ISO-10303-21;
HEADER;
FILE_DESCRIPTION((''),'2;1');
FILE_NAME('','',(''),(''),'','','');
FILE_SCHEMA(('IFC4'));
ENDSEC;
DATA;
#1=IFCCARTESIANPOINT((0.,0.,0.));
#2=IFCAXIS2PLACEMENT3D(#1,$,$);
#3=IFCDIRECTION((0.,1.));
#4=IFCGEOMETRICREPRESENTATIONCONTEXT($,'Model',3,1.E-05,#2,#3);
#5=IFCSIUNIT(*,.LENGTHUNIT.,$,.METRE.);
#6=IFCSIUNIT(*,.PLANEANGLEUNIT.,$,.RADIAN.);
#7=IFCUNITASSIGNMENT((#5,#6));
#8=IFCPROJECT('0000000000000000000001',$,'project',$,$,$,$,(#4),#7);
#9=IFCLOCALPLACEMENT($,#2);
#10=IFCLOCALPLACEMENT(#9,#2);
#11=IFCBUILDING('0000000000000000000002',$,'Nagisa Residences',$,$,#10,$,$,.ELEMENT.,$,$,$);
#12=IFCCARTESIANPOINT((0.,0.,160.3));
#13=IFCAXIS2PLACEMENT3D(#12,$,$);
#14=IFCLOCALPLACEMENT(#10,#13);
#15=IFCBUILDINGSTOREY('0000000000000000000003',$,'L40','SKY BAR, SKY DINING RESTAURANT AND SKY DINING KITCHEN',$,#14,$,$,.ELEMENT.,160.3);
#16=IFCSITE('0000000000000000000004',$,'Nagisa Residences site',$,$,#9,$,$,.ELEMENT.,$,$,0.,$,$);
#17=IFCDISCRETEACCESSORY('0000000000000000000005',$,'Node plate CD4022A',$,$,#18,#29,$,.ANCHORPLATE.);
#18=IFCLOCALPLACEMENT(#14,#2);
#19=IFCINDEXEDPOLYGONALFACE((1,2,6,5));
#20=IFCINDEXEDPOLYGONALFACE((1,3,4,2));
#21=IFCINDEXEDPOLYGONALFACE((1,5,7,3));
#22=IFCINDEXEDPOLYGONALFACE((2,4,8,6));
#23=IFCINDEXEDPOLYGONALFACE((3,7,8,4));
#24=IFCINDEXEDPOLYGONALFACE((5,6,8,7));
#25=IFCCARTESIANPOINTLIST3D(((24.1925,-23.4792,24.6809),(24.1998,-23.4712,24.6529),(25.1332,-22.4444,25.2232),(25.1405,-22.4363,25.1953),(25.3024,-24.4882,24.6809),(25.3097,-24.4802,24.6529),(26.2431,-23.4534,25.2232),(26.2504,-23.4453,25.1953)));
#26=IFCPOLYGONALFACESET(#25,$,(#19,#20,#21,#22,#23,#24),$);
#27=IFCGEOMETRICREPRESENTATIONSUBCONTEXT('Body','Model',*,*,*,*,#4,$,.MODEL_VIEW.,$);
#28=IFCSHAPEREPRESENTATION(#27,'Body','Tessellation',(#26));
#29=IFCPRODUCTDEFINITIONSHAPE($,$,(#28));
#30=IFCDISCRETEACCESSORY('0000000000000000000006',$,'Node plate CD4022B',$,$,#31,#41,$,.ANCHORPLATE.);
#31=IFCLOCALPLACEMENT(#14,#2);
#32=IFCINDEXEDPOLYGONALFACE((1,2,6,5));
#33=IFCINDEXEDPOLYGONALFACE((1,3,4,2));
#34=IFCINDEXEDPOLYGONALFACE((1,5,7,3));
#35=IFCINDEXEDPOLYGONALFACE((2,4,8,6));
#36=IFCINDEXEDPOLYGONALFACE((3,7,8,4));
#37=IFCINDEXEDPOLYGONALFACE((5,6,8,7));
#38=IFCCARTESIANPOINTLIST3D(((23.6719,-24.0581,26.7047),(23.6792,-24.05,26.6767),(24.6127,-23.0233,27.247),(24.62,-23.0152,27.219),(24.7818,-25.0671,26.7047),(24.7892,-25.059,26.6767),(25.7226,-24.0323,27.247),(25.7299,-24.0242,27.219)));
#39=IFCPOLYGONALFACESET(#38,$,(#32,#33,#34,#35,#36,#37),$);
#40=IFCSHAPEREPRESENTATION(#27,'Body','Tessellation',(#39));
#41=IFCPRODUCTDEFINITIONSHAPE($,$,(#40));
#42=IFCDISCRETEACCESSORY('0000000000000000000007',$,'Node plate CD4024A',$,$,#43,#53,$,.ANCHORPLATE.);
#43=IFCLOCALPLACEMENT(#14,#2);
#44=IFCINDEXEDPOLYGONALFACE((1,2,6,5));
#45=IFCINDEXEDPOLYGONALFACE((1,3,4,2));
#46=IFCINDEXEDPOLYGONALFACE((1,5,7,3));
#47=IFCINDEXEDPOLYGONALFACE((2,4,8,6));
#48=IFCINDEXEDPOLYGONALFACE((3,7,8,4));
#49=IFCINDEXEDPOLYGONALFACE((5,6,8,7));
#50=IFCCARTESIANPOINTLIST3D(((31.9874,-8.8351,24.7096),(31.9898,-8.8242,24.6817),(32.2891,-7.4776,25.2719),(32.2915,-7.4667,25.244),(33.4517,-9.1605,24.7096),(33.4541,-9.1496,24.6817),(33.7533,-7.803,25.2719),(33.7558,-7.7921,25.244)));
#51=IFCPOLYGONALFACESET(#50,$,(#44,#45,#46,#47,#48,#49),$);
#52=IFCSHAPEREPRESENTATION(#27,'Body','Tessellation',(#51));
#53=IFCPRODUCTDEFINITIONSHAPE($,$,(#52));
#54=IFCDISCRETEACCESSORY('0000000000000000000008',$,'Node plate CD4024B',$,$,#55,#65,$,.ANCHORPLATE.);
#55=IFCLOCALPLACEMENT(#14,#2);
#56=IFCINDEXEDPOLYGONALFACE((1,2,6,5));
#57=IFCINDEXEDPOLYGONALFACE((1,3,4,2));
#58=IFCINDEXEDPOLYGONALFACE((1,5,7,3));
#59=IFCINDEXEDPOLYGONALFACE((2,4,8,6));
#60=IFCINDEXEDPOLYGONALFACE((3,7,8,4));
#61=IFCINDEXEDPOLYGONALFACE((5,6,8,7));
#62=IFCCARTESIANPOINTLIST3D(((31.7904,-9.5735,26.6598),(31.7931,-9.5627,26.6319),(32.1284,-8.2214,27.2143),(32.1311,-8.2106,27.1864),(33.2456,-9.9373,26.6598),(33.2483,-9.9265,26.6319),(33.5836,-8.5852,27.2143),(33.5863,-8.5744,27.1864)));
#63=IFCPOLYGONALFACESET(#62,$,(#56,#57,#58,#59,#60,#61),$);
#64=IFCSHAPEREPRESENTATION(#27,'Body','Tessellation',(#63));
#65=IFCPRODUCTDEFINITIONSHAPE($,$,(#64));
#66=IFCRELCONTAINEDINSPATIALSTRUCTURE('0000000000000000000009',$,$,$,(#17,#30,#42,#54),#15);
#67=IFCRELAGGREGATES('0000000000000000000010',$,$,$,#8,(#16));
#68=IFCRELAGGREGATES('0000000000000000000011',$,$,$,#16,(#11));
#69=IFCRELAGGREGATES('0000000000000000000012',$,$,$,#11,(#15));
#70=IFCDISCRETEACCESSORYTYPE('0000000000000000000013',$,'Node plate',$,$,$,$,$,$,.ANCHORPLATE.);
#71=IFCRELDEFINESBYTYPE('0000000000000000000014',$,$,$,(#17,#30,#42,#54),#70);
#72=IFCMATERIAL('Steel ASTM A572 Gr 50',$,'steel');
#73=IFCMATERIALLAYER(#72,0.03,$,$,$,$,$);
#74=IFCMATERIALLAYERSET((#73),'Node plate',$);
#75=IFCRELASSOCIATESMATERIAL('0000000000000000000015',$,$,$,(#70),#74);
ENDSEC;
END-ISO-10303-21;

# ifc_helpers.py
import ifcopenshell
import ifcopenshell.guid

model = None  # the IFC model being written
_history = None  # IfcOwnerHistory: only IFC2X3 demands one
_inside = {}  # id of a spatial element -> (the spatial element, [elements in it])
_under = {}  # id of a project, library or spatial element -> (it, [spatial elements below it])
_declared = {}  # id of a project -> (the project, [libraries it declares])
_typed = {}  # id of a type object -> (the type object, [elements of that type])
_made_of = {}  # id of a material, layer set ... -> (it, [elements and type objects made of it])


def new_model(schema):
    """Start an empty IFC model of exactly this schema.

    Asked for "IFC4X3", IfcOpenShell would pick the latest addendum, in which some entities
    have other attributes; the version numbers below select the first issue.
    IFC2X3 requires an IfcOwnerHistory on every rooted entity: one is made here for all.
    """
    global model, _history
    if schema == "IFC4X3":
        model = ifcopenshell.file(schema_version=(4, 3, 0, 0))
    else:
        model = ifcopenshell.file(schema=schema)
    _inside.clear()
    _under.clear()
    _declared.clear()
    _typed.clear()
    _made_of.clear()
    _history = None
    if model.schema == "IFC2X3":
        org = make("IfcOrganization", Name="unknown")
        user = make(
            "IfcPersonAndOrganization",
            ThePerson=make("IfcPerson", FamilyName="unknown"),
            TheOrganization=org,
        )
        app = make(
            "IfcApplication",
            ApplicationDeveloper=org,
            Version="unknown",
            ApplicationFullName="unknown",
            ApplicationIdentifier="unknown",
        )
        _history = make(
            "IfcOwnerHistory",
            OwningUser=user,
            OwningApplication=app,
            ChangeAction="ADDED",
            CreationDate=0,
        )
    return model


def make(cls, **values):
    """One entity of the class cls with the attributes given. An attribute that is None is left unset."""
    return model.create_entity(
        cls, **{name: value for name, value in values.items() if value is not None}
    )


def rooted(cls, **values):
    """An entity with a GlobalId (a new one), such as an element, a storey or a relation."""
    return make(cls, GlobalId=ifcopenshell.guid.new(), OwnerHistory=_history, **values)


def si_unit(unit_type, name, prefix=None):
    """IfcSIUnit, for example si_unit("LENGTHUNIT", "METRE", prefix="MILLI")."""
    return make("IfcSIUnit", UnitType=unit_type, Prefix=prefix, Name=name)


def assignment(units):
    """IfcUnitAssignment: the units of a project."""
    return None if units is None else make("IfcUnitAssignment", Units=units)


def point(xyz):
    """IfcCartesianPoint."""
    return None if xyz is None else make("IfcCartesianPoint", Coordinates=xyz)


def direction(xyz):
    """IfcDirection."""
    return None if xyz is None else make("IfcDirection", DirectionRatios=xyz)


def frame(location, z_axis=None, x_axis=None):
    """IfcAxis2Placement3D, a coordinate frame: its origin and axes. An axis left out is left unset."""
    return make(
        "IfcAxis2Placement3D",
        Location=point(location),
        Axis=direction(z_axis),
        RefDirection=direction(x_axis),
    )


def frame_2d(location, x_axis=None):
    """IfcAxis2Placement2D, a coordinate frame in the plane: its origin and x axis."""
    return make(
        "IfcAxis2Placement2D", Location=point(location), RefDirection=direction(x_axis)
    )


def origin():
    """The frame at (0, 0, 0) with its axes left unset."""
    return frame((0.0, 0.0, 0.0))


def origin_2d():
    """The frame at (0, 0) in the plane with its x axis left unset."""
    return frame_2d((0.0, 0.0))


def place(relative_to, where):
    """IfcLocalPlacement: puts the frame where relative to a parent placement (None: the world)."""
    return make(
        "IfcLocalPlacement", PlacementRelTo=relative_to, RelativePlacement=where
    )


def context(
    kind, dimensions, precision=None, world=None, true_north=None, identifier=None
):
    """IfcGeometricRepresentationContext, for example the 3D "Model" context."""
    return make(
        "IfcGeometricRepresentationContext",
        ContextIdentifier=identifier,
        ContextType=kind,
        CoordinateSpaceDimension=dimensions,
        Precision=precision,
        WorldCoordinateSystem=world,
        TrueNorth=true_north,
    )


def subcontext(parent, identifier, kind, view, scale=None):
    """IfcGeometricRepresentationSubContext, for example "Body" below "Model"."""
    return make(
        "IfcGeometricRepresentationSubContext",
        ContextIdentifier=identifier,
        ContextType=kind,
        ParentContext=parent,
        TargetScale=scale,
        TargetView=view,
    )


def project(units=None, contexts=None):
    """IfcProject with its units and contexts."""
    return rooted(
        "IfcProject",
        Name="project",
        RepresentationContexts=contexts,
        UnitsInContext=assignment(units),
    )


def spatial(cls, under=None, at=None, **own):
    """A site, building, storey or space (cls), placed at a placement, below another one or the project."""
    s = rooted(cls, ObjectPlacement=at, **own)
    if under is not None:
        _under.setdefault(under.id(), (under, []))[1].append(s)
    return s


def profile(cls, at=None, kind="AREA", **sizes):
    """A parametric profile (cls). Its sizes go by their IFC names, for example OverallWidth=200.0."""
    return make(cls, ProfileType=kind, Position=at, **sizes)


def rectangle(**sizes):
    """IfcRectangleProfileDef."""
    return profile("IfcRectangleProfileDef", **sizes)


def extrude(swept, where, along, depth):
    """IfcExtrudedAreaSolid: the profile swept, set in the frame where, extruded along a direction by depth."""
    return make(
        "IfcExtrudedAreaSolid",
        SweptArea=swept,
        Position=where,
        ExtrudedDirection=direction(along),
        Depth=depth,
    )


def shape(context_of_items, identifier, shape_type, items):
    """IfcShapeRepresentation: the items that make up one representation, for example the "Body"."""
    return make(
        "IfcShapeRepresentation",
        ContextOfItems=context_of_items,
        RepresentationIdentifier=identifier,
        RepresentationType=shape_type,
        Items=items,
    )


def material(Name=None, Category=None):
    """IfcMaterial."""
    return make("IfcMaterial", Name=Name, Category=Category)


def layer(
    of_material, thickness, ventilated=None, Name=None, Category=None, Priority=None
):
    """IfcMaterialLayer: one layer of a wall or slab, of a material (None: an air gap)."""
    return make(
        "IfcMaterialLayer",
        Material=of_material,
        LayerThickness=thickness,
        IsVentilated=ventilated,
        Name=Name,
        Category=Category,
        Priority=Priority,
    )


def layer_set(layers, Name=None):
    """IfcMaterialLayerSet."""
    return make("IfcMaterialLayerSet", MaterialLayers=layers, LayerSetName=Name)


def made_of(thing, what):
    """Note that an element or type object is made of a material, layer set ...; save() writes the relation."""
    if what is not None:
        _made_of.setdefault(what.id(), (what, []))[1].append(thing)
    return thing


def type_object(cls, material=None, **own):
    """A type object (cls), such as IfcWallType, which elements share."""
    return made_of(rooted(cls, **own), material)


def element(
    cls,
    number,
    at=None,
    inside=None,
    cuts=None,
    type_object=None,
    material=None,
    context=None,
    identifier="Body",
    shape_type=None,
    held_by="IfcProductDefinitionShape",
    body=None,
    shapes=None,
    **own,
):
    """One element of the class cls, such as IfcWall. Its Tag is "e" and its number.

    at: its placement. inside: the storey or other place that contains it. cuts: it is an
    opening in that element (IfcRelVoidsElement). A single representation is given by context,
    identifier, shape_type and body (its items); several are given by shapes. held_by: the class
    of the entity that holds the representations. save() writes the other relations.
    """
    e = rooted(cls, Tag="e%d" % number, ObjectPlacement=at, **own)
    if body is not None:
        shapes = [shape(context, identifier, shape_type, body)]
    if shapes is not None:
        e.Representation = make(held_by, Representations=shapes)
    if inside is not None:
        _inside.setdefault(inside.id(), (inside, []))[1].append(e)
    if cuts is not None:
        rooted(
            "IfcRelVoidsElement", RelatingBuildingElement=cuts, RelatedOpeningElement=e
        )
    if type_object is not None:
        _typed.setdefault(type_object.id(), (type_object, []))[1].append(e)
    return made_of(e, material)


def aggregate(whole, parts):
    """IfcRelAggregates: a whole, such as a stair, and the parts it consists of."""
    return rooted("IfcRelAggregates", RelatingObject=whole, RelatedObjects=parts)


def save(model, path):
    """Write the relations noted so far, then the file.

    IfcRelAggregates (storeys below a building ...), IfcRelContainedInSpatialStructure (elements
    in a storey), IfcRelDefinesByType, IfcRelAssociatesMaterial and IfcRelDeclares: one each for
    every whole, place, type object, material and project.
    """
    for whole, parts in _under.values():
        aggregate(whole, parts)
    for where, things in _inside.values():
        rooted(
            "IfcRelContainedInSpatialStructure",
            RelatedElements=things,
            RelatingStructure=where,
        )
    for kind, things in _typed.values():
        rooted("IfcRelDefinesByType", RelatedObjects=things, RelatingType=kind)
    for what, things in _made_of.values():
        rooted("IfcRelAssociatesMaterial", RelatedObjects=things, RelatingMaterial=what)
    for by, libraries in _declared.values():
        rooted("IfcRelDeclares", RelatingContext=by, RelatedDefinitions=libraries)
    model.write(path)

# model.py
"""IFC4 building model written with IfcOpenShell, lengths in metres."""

from ifc_helpers import new_model, si_unit, direction, frame, origin, origin_2d, place, context, subcontext, project, spatial, rectangle, extrude, material, layer, layer_set, type_object, element, save


model = new_model("IFC4")

# Units and contexts
model_context = context("Model", 3, precision=1e-05, world=origin(), true_north=direction((0.0, 1.0)))
body_context = subcontext(model_context, "Body", "Model", "MODEL_VIEW")
ifc_project = project(units=[si_unit("LENGTHUNIT", "METRE"), si_unit("PLANEANGLEUNIT", "RADIAN")], contexts=[model_context])

# Site, building, storey
site_placement = place(None, origin())
site = spatial("IfcSite", under=ifc_project, at=site_placement, Name="Nagisa Residences site", CompositionType="ELEMENT", RefElevation=0.0)
building_placement = place(site_placement, origin())
building = spatial("IfcBuilding", under=site, at=building_placement, Name="Nagisa Residences", CompositionType="ELEMENT")
storey_placement = place(building_placement, frame((0.0, 0.0, 160.3)))
storey = spatial("IfcBuildingStorey", under=building, at=storey_placement, Name="L40", Description="SKY BAR, SKY DINING RESTAURANT AND SKY DINING KITCHEN", CompositionType="ELEMENT", Elevation=160.3)

# Discrete accessories
ifc_material_1 = material(Name="Steel ASTM A572 Gr 50", Category="steel")
ifc_layer_1 = layer(ifc_material_1, 0.03)
ifc_layer_set_1 = layer_set([ifc_layer_1], Name="Node plate")
discrete_accessory_type_1 = type_object("IfcDiscreteAccessoryType", Name="Node plate", PredefinedType="ANCHORPLATE", material=ifc_layer_set_1)
for number, where, z_axis, x_axis, name in (
    (1, (25.2251, -23.4583, 24.9241), (-0.24322, -0.267542, 0.932344), (0.73994, -0.672673, 0.0), "Node plate CD4022A"),
    (2, (24.6973, -24.0452, 26.9758), (0.24322, 0.267542, -0.932344), (-0.73994, 0.672673, 0.0), "Node plate CD4022B"),
    (3, (32.8728, -8.3081, 24.9629), (-0.081322, -0.36595, 0.927074), (0.976187, -0.21693, 0.0), "Node plate CD4024A"),
    (4, (32.687, -9.0793, 26.937), (0.089656, 0.358625, -0.929166), (-0.970143, 0.242536, 0.0), "Node plate CD4024B"),
):
    element("IfcDiscreteAccessory", number, at=place(storey_placement, frame(where, z_axis=z_axis, x_axis=x_axis)), inside=storey, type_object=discrete_accessory_type_1, Name=name, PredefinedType="ANCHORPLATE", context=body_context, shape_type="SweptSolid", body=[
        extrude(rectangle(XDim=1.5, YDim=1.5, at=origin_2d()), origin(), (0.0, 0.0, 1.0), 0.03),
    ])

save(model, "model.ifc")
